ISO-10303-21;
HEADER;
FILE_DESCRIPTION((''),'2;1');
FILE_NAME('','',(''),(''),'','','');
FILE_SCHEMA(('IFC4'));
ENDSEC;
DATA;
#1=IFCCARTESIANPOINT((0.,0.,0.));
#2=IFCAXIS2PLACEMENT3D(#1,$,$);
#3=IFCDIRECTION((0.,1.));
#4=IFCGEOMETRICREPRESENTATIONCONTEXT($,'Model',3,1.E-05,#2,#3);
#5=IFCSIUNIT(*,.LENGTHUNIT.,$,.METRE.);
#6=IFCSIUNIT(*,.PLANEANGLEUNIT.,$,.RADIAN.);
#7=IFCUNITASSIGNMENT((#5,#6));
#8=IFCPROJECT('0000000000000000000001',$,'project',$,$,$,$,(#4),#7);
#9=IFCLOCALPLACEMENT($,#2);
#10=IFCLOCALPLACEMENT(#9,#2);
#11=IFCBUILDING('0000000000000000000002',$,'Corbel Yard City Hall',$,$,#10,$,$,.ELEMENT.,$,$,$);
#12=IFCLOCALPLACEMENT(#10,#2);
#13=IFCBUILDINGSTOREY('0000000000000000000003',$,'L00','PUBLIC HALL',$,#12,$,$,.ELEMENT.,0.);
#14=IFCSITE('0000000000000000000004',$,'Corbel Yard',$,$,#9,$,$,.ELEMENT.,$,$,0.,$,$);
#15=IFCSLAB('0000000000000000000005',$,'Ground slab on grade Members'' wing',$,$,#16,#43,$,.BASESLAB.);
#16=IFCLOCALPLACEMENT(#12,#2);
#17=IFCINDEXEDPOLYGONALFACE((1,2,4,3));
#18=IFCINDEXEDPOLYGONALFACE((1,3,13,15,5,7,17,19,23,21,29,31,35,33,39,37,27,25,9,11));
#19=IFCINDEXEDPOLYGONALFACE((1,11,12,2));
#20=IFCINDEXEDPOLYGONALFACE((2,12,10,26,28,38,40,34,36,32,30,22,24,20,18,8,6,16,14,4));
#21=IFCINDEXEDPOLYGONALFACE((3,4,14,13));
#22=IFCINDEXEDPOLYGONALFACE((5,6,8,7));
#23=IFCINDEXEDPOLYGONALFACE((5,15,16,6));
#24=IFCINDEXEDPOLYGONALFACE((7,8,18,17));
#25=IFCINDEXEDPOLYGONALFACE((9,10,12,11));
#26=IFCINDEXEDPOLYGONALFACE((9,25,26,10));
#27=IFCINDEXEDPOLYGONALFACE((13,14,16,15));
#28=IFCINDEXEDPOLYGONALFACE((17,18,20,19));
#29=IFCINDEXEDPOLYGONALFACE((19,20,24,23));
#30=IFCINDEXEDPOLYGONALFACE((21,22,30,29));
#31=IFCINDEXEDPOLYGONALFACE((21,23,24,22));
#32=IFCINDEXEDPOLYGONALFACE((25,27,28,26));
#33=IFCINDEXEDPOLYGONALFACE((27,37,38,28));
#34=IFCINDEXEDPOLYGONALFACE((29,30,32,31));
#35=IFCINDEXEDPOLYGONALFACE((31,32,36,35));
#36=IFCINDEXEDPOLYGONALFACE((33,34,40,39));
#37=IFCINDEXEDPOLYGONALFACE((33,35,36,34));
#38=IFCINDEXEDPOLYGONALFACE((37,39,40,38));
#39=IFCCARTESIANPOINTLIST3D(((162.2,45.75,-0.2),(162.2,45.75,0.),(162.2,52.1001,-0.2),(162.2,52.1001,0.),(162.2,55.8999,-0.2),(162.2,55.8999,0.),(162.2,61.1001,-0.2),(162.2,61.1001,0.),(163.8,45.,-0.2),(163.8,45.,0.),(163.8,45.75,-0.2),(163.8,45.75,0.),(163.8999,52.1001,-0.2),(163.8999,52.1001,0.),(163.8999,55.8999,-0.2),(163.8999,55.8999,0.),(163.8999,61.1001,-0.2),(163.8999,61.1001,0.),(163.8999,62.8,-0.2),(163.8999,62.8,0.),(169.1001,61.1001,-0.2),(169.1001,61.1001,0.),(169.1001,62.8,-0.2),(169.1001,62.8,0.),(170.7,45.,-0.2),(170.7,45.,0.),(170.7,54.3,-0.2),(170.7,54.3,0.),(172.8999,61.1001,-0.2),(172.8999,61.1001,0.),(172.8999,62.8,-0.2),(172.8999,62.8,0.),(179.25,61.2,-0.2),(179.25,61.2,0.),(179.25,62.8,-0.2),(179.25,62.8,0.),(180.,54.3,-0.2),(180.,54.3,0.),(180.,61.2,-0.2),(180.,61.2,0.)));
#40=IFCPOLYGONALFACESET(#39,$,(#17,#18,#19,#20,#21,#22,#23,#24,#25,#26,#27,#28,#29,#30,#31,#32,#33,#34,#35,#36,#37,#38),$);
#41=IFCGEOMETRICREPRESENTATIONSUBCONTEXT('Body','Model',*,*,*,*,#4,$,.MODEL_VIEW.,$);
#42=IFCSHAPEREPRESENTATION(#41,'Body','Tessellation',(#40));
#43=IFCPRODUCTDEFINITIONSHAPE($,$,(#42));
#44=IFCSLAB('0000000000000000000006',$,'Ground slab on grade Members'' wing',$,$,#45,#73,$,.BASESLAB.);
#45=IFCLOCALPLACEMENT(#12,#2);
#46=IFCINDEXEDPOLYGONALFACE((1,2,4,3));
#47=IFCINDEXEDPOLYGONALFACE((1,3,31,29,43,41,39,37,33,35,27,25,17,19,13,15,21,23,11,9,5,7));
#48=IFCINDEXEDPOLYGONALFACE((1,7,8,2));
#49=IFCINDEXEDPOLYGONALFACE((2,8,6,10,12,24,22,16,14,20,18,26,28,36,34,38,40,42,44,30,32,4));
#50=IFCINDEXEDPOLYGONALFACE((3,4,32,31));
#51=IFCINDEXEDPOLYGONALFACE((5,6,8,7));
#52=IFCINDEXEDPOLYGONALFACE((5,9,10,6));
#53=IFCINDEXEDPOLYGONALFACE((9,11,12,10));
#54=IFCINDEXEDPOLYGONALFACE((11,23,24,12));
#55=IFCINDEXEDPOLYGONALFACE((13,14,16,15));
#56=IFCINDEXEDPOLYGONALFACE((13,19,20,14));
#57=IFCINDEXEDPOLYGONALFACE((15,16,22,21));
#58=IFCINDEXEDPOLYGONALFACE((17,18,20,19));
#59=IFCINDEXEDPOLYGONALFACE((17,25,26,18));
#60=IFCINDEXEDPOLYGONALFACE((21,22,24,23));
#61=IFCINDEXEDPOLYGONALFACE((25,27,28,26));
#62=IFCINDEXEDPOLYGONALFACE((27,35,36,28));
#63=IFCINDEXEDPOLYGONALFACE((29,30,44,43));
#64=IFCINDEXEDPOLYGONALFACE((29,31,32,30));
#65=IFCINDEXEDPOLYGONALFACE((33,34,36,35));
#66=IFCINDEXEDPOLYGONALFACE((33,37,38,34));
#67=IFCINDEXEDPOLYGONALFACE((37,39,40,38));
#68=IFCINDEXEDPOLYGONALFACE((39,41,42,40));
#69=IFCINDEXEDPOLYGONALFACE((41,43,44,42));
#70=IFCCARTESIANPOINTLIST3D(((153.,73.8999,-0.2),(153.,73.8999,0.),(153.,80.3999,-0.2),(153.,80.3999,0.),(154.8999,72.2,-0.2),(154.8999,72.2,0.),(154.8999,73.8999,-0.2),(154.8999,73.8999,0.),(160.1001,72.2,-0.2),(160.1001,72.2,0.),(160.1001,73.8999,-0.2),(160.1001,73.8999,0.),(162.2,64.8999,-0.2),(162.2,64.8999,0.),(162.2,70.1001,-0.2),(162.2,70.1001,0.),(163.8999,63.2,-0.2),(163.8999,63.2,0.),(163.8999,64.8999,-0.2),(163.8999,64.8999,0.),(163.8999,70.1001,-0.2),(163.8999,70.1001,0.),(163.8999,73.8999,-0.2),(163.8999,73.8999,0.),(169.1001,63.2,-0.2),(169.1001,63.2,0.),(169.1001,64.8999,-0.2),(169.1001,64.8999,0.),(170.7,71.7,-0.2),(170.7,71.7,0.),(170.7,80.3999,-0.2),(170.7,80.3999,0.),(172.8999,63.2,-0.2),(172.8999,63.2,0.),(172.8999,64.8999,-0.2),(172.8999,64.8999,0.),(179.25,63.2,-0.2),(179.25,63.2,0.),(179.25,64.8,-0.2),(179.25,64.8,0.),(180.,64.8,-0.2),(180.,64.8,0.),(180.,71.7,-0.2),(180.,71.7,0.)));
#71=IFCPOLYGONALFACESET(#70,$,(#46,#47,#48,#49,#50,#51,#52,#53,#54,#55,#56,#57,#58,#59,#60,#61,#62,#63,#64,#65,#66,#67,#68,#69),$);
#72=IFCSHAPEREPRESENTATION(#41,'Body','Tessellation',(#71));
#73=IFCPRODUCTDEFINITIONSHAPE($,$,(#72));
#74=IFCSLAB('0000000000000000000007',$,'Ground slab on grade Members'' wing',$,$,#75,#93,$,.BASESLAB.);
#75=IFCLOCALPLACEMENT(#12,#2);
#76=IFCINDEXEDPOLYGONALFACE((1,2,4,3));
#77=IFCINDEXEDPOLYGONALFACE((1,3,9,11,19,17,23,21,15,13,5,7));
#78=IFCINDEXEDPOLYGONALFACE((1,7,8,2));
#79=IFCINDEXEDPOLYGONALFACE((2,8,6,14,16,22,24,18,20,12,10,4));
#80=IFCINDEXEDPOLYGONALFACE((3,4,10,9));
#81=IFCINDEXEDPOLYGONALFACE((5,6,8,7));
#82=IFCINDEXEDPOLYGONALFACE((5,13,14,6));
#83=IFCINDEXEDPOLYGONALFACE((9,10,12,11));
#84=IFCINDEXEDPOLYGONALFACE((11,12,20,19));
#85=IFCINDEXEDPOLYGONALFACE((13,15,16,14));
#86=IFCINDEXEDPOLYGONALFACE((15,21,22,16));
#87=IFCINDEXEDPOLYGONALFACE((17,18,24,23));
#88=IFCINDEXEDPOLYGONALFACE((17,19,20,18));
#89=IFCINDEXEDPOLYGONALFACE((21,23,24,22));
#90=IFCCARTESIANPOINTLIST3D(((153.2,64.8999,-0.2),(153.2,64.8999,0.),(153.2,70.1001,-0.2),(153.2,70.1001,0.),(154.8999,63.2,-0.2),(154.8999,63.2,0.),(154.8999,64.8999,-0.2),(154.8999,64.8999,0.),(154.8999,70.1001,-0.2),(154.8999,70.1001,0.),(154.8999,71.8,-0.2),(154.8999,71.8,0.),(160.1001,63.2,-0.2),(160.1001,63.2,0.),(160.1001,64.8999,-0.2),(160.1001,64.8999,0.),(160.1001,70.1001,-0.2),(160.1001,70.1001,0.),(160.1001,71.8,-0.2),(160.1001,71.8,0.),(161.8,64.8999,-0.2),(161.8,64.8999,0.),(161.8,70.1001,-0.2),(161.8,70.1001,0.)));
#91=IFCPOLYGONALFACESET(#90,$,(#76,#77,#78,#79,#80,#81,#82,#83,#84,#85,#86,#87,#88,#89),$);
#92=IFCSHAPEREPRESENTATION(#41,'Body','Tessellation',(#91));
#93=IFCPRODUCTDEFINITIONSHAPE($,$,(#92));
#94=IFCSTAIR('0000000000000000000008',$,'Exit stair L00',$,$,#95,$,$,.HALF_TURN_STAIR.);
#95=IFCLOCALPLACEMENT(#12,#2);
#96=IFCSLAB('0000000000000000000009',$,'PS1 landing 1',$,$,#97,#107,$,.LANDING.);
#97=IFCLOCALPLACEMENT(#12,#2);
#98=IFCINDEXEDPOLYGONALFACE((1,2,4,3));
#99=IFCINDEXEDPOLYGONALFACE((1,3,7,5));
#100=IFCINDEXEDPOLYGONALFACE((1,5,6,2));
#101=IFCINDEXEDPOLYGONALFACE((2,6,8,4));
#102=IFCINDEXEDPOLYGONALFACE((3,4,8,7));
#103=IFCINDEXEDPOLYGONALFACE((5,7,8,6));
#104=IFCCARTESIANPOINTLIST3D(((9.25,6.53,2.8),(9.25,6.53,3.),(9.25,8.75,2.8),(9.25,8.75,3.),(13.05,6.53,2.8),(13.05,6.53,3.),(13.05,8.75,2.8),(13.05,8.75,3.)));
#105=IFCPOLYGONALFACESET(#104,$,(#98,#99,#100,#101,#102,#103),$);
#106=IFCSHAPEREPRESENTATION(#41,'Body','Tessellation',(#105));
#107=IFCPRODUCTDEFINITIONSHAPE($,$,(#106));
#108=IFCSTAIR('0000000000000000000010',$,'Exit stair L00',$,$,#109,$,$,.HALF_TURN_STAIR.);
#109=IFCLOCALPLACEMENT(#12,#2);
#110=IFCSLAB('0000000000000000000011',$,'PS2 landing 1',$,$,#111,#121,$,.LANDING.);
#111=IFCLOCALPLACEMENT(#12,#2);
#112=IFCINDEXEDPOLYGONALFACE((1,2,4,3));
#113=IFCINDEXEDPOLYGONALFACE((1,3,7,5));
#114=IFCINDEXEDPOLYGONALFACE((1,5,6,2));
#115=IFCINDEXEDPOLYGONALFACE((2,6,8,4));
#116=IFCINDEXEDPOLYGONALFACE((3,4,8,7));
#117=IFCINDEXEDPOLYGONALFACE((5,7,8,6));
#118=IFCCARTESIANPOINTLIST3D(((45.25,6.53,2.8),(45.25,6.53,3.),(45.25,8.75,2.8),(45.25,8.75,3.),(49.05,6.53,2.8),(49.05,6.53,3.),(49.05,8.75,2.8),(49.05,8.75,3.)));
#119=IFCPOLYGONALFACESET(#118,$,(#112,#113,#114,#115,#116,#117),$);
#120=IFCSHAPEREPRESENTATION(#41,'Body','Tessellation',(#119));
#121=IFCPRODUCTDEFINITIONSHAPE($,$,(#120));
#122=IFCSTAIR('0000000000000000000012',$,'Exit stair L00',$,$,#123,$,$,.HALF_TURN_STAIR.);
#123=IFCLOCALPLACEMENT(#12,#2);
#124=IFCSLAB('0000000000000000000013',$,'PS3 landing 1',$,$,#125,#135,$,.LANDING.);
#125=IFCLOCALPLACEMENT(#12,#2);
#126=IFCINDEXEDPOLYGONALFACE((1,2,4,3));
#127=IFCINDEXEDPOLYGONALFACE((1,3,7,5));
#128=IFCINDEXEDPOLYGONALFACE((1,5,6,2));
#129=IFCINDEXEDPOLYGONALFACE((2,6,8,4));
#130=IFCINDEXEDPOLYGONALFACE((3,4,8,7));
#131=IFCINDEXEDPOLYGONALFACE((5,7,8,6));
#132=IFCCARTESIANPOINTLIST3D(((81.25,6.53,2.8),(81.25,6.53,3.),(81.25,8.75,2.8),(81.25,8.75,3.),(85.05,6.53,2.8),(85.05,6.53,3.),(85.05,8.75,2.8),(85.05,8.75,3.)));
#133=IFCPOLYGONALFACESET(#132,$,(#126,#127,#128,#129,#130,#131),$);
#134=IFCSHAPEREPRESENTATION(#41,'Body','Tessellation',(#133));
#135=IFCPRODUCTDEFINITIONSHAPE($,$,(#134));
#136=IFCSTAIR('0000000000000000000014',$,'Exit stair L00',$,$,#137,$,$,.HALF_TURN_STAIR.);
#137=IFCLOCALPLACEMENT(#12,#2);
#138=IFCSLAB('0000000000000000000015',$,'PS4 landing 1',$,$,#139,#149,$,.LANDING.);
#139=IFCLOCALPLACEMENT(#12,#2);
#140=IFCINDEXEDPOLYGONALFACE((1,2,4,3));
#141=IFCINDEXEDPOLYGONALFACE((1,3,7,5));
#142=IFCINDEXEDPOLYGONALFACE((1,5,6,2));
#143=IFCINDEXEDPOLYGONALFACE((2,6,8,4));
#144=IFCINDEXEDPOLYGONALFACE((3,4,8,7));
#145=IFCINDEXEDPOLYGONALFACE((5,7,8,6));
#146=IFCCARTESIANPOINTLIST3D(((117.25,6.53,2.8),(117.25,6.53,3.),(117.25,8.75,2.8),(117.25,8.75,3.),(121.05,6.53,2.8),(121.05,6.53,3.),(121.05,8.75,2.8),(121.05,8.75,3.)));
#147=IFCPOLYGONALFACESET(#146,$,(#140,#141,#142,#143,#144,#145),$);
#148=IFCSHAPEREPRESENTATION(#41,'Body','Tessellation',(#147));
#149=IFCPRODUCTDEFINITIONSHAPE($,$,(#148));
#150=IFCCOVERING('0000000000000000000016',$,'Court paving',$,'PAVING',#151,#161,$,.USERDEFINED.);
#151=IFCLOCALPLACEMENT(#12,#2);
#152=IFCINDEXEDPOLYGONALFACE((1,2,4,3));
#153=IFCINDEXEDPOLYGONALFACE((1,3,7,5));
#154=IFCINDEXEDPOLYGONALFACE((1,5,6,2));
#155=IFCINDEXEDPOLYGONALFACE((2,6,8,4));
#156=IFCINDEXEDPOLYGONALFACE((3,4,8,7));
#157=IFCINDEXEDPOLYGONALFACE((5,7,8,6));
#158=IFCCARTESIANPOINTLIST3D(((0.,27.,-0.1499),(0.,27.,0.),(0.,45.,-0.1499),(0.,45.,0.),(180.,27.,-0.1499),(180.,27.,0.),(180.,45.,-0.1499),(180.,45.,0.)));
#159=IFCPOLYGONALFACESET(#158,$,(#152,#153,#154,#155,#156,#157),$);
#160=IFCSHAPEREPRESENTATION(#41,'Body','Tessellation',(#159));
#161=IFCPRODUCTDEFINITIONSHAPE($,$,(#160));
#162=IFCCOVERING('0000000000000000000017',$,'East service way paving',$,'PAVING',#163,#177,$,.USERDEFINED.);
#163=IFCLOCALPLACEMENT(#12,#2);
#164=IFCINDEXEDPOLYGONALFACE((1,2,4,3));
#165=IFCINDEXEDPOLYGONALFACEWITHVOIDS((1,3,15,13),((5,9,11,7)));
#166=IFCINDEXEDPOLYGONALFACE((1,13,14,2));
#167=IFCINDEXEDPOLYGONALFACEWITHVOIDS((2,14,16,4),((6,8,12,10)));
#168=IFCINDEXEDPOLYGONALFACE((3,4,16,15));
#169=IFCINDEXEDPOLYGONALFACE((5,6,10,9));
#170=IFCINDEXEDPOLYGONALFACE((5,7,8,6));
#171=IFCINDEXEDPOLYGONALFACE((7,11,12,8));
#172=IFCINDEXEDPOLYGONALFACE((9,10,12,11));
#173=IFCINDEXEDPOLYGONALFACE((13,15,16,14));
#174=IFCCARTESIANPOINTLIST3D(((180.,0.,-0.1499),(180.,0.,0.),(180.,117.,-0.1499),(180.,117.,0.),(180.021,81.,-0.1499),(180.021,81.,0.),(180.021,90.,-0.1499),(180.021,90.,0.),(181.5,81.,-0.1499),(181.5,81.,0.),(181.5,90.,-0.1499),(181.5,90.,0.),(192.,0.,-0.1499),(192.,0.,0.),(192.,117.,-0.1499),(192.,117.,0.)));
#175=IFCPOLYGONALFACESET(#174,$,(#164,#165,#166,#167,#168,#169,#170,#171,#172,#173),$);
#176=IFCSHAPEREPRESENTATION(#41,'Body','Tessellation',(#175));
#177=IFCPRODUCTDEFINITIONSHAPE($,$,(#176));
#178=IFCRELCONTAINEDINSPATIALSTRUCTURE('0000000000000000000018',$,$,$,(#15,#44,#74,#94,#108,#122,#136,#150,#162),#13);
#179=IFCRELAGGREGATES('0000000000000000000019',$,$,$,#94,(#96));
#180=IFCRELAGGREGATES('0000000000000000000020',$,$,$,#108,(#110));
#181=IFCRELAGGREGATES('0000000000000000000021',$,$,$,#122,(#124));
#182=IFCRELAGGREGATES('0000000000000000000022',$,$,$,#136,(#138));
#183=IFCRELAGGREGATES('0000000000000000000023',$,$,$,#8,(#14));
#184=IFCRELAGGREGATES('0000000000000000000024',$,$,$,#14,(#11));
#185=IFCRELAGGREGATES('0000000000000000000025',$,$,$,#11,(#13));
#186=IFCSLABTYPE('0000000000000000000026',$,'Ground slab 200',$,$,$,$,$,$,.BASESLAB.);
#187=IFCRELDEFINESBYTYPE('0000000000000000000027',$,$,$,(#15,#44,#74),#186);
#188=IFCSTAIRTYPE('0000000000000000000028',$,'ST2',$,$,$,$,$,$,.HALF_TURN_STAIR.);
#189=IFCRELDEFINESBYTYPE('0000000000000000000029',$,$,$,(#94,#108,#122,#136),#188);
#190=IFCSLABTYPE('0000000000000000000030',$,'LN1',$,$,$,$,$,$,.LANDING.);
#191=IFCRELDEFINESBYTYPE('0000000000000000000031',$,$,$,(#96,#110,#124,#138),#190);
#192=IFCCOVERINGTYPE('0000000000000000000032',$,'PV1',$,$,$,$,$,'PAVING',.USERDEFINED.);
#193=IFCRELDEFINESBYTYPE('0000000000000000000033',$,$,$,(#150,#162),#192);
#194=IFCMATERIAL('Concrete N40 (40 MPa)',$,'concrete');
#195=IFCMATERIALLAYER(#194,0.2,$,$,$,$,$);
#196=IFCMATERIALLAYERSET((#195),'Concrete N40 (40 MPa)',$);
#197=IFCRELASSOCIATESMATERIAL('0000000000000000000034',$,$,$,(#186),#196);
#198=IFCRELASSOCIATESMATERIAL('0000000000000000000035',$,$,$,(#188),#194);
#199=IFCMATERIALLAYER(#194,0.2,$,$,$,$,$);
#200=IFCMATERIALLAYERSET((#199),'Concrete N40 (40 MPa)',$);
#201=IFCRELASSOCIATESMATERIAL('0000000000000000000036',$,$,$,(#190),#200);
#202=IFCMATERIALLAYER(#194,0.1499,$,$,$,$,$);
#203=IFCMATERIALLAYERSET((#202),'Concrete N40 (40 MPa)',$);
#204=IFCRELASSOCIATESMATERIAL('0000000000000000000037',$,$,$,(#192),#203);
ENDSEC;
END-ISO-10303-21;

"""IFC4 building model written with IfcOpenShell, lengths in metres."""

from ifc_helpers import new_model, si_unit, direction, frame, origin, place, context, subcontext, project, spatial, polyline, outline, extrude, material, layer, layer_set, type_object, element, aggregate, save


model = new_model("IFC4")

# Units and contexts
model_context = context("Model", 3, precision=1e-05, world=origin(), true_north=direction((0.0, 1.0)))
body_context = subcontext(model_context, "Body", "Model", "MODEL_VIEW")
ifc_project = project(units=[si_unit("LENGTHUNIT", "METRE"), si_unit("PLANEANGLEUNIT", "RADIAN")], contexts=[model_context])

# Site, building, storey
site_placement = place(None, origin())
site = spatial("IfcSite", under=ifc_project, at=site_placement, Name="Corbel Yard", CompositionType="ELEMENT", RefElevation=0.0)
building_placement = place(site_placement, origin())
building = spatial("IfcBuilding", under=site, at=building_placement, Name="Corbel Yard City Hall", CompositionType="ELEMENT")
storey_placement = place(building_placement, origin())
storey = spatial("IfcBuildingStorey", under=building, at=storey_placement, Name="L00", Description="PUBLIC HALL", CompositionType="ELEMENT", Elevation=0.0)

# Slabs
ifc_material_1 = material(Name="Concrete N40 (40 MPa)", Category="concrete")
ifc_layer_1 = layer(ifc_material_1, 0.2)
ifc_layer_set_1 = layer_set([ifc_layer_1], Name="Concrete N40 (40 MPa)")
slab_type_1 = type_object("IfcSlabType", Name="Ground slab 200", PredefinedType="BASESLAB", material=ifc_layer_set_1)
slab_1_placement = place(storey_placement, frame((0.0, 0.0, -0.2)))
element("IfcSlab", 1, at=slab_1_placement, inside=storey, type_object=slab_type_1, Name="Ground slab on grade Members' wing", PredefinedType="BASESLAB", context=body_context, shape_type="SweptSolid", body=[
    extrude(outline(polyline([(170.7, 45.0), (170.7, 54.3), (180.0, 54.3), (180.0, 61.2), (179.25, 61.2), (179.25, 62.8), (172.8999, 62.8), (172.8999, 61.1001), (169.1001, 61.1001), (169.1001, 62.8), (163.8999, 62.8), (163.8999, 61.1001), (162.2, 61.1001), (162.2, 55.8999), (163.8999, 55.8999), (163.8999, 52.1001), (162.2, 52.1001), (162.2, 45.75), (163.8, 45.75), (163.8, 45.0), (170.7, 45.0)])), origin(), (0.0, 0.0, 1.0), 0.2),
])
slab_2_placement = place(storey_placement, frame((0.0, 0.0, -0.2)))
element("IfcSlab", 2, at=slab_2_placement, inside=storey, type_object=slab_type_1, Name="Ground slab on grade Members' wing", PredefinedType="BASESLAB", context=body_context, shape_type="SweptSolid", body=[
    extrude(outline(polyline([(162.2, 64.8999), (163.8999, 64.8999), (163.8999, 63.2), (169.1001, 63.2), (169.1001, 64.8999), (172.8999, 64.8999), (172.8999, 63.2), (179.25, 63.2), (179.25, 64.8), (180.0, 64.8), (180.0, 71.7), (170.7, 71.7), (170.7, 80.3999), (153.0, 80.3999), (153.0, 73.8999), (154.8999, 73.8999), (154.8999, 72.2), (160.1001, 72.2), (160.1001, 73.8999), (163.8999, 73.8999), (163.8999, 70.1001), (162.2, 70.1001), (162.2, 64.8999)])), origin(), (0.0, 0.0, 1.0), 0.2),
])
slab_3_placement = place(storey_placement, frame((0.0, 0.0, -0.2)))
element("IfcSlab", 3, at=slab_3_placement, inside=storey, type_object=slab_type_1, Name="Ground slab on grade Members' wing", PredefinedType="BASESLAB", context=body_context, shape_type="SweptSolid", body=[
    extrude(outline(polyline([(160.1001, 71.8), (154.8999, 71.8), (154.8999, 70.1001), (153.2, 70.1001), (153.2, 64.8999), (154.8999, 64.8999), (154.8999, 63.2), (160.1001, 63.2), (160.1001, 64.8999), (161.8, 64.8999), (161.8, 70.1001), (160.1001, 70.1001), (160.1001, 71.8)])), origin(), (0.0, 0.0, 1.0), 0.2),
])

# Stairs, slabs
stair_type = type_object("IfcStairType", Name="ST2", PredefinedType="HALF_TURN_STAIR", material=ifc_material_1)
stair_1_placement = place(storey_placement, origin())
stair_1 = element("IfcStair", 4, at=stair_1_placement, inside=storey, type_object=stair_type, Name="Exit stair L00", PredefinedType="HALF_TURN_STAIR")
ifc_layer_2 = layer(ifc_material_1, 0.2)
ifc_layer_set_2 = layer_set([ifc_layer_2], Name="Concrete N40 (40 MPa)")
slab_type_2 = type_object("IfcSlabType", Name="LN1", PredefinedType="LANDING", material=ifc_layer_set_2)
slab_4_placement = place(storey_placement, frame((0.0, 0.0, 2.8)))
slab_4 = element("IfcSlab", 5, at=slab_4_placement, type_object=slab_type_2, Name="PS1 landing 1", PredefinedType="LANDING", context=body_context, shape_type="SweptSolid", body=[
    extrude(outline(polyline([(9.25, 6.53), (13.05, 6.53), (13.05, 8.75), (9.25, 8.75), (9.25, 6.53)])), origin(), (0.0, 0.0, 1.0), 0.2),
])
aggregate(stair_1, [slab_4])
stair_2_placement = place(storey_placement, origin())
stair_2 = element("IfcStair", 6, at=stair_2_placement, inside=storey, type_object=stair_type, Name="Exit stair L00", PredefinedType="HALF_TURN_STAIR")
slab_5_placement = place(storey_placement, frame((0.0, 0.0, 2.8)))
slab_5 = element("IfcSlab", 7, at=slab_5_placement, type_object=slab_type_2, Name="PS2 landing 1", PredefinedType="LANDING", context=body_context, shape_type="SweptSolid", body=[
    extrude(outline(polyline([(45.25, 6.53), (49.05, 6.53), (49.05, 8.75), (45.25, 8.75), (45.25, 6.53)])), origin(), (0.0, 0.0, 1.0), 0.2),
])
aggregate(stair_2, [slab_5])
stair_3_placement = place(storey_placement, origin())
stair_3 = element("IfcStair", 8, at=stair_3_placement, inside=storey, type_object=stair_type, Name="Exit stair L00", PredefinedType="HALF_TURN_STAIR")
slab_6_placement = place(storey_placement, frame((0.0, 0.0, 2.8)))
slab_6 = element("IfcSlab", 9, at=slab_6_placement, type_object=slab_type_2, Name="PS3 landing 1", PredefinedType="LANDING", context=body_context, shape_type="SweptSolid", body=[
    extrude(outline(polyline([(81.25, 6.53), (85.05, 6.53), (85.05, 8.75), (81.25, 8.75), (81.25, 6.53)])), origin(), (0.0, 0.0, 1.0), 0.2),
])
aggregate(stair_3, [slab_6])
stair_4_placement = place(storey_placement, origin())
stair_4 = element("IfcStair", 10, at=stair_4_placement, inside=storey, type_object=stair_type, Name="Exit stair L00", PredefinedType="HALF_TURN_STAIR")
slab_7_placement = place(storey_placement, frame((0.0, 0.0, 2.8)))
slab_7 = element("IfcSlab", 11, at=slab_7_placement, type_object=slab_type_2, Name="PS4 landing 1", PredefinedType="LANDING", context=body_context, shape_type="SweptSolid", body=[
    extrude(outline(polyline([(117.25, 6.53), (121.05, 6.53), (121.05, 8.75), (117.25, 8.75), (117.25, 6.53)])), origin(), (0.0, 0.0, 1.0), 0.2),
])
aggregate(stair_4, [slab_7])

# Coverings
ifc_layer_3 = layer(ifc_material_1, 0.1499)
ifc_layer_set_3 = layer_set([ifc_layer_3], Name="Concrete N40 (40 MPa)")
covering_type = type_object("IfcCoveringType", Name="PV1", ElementType="PAVING", PredefinedType="USERDEFINED", material=ifc_layer_set_3)
covering_1_placement = place(storey_placement, frame((0.0, 0.0, -0.1499)))
element("IfcCovering", 12, at=covering_1_placement, inside=storey, type_object=covering_type, Name="Court paving", ObjectType="PAVING", PredefinedType="USERDEFINED", context=body_context, shape_type="SweptSolid", body=[
    extrude(outline(polyline([(0.0, 27.0), (180.0, 27.0), (180.0, 45.0), (0.0, 45.0), (0.0, 27.0)])), origin(), (0.0, 0.0, 1.0), 0.1499),
])
covering_2_placement = place(storey_placement, frame((0.0, 0.0, -0.1499)))
element("IfcCovering", 13, at=covering_2_placement, inside=storey, type_object=covering_type, Name="East service way paving", ObjectType="PAVING", PredefinedType="USERDEFINED", context=body_context, shape_type="SweptSolid", body=[
    extrude(outline(polyline([(180.0, 0.0), (192.0, 0.0), (192.0, 117.0), (180.0, 117.0), (180.0, 0.0)]), holes=[polyline([(180.021, 81.0), (181.5, 81.0), (181.5, 90.0), (180.021, 90.0), (180.021, 81.0)])]), origin(), (0.0, 0.0, 1.0), 0.1499),
])

save(model, "model.ifc")
